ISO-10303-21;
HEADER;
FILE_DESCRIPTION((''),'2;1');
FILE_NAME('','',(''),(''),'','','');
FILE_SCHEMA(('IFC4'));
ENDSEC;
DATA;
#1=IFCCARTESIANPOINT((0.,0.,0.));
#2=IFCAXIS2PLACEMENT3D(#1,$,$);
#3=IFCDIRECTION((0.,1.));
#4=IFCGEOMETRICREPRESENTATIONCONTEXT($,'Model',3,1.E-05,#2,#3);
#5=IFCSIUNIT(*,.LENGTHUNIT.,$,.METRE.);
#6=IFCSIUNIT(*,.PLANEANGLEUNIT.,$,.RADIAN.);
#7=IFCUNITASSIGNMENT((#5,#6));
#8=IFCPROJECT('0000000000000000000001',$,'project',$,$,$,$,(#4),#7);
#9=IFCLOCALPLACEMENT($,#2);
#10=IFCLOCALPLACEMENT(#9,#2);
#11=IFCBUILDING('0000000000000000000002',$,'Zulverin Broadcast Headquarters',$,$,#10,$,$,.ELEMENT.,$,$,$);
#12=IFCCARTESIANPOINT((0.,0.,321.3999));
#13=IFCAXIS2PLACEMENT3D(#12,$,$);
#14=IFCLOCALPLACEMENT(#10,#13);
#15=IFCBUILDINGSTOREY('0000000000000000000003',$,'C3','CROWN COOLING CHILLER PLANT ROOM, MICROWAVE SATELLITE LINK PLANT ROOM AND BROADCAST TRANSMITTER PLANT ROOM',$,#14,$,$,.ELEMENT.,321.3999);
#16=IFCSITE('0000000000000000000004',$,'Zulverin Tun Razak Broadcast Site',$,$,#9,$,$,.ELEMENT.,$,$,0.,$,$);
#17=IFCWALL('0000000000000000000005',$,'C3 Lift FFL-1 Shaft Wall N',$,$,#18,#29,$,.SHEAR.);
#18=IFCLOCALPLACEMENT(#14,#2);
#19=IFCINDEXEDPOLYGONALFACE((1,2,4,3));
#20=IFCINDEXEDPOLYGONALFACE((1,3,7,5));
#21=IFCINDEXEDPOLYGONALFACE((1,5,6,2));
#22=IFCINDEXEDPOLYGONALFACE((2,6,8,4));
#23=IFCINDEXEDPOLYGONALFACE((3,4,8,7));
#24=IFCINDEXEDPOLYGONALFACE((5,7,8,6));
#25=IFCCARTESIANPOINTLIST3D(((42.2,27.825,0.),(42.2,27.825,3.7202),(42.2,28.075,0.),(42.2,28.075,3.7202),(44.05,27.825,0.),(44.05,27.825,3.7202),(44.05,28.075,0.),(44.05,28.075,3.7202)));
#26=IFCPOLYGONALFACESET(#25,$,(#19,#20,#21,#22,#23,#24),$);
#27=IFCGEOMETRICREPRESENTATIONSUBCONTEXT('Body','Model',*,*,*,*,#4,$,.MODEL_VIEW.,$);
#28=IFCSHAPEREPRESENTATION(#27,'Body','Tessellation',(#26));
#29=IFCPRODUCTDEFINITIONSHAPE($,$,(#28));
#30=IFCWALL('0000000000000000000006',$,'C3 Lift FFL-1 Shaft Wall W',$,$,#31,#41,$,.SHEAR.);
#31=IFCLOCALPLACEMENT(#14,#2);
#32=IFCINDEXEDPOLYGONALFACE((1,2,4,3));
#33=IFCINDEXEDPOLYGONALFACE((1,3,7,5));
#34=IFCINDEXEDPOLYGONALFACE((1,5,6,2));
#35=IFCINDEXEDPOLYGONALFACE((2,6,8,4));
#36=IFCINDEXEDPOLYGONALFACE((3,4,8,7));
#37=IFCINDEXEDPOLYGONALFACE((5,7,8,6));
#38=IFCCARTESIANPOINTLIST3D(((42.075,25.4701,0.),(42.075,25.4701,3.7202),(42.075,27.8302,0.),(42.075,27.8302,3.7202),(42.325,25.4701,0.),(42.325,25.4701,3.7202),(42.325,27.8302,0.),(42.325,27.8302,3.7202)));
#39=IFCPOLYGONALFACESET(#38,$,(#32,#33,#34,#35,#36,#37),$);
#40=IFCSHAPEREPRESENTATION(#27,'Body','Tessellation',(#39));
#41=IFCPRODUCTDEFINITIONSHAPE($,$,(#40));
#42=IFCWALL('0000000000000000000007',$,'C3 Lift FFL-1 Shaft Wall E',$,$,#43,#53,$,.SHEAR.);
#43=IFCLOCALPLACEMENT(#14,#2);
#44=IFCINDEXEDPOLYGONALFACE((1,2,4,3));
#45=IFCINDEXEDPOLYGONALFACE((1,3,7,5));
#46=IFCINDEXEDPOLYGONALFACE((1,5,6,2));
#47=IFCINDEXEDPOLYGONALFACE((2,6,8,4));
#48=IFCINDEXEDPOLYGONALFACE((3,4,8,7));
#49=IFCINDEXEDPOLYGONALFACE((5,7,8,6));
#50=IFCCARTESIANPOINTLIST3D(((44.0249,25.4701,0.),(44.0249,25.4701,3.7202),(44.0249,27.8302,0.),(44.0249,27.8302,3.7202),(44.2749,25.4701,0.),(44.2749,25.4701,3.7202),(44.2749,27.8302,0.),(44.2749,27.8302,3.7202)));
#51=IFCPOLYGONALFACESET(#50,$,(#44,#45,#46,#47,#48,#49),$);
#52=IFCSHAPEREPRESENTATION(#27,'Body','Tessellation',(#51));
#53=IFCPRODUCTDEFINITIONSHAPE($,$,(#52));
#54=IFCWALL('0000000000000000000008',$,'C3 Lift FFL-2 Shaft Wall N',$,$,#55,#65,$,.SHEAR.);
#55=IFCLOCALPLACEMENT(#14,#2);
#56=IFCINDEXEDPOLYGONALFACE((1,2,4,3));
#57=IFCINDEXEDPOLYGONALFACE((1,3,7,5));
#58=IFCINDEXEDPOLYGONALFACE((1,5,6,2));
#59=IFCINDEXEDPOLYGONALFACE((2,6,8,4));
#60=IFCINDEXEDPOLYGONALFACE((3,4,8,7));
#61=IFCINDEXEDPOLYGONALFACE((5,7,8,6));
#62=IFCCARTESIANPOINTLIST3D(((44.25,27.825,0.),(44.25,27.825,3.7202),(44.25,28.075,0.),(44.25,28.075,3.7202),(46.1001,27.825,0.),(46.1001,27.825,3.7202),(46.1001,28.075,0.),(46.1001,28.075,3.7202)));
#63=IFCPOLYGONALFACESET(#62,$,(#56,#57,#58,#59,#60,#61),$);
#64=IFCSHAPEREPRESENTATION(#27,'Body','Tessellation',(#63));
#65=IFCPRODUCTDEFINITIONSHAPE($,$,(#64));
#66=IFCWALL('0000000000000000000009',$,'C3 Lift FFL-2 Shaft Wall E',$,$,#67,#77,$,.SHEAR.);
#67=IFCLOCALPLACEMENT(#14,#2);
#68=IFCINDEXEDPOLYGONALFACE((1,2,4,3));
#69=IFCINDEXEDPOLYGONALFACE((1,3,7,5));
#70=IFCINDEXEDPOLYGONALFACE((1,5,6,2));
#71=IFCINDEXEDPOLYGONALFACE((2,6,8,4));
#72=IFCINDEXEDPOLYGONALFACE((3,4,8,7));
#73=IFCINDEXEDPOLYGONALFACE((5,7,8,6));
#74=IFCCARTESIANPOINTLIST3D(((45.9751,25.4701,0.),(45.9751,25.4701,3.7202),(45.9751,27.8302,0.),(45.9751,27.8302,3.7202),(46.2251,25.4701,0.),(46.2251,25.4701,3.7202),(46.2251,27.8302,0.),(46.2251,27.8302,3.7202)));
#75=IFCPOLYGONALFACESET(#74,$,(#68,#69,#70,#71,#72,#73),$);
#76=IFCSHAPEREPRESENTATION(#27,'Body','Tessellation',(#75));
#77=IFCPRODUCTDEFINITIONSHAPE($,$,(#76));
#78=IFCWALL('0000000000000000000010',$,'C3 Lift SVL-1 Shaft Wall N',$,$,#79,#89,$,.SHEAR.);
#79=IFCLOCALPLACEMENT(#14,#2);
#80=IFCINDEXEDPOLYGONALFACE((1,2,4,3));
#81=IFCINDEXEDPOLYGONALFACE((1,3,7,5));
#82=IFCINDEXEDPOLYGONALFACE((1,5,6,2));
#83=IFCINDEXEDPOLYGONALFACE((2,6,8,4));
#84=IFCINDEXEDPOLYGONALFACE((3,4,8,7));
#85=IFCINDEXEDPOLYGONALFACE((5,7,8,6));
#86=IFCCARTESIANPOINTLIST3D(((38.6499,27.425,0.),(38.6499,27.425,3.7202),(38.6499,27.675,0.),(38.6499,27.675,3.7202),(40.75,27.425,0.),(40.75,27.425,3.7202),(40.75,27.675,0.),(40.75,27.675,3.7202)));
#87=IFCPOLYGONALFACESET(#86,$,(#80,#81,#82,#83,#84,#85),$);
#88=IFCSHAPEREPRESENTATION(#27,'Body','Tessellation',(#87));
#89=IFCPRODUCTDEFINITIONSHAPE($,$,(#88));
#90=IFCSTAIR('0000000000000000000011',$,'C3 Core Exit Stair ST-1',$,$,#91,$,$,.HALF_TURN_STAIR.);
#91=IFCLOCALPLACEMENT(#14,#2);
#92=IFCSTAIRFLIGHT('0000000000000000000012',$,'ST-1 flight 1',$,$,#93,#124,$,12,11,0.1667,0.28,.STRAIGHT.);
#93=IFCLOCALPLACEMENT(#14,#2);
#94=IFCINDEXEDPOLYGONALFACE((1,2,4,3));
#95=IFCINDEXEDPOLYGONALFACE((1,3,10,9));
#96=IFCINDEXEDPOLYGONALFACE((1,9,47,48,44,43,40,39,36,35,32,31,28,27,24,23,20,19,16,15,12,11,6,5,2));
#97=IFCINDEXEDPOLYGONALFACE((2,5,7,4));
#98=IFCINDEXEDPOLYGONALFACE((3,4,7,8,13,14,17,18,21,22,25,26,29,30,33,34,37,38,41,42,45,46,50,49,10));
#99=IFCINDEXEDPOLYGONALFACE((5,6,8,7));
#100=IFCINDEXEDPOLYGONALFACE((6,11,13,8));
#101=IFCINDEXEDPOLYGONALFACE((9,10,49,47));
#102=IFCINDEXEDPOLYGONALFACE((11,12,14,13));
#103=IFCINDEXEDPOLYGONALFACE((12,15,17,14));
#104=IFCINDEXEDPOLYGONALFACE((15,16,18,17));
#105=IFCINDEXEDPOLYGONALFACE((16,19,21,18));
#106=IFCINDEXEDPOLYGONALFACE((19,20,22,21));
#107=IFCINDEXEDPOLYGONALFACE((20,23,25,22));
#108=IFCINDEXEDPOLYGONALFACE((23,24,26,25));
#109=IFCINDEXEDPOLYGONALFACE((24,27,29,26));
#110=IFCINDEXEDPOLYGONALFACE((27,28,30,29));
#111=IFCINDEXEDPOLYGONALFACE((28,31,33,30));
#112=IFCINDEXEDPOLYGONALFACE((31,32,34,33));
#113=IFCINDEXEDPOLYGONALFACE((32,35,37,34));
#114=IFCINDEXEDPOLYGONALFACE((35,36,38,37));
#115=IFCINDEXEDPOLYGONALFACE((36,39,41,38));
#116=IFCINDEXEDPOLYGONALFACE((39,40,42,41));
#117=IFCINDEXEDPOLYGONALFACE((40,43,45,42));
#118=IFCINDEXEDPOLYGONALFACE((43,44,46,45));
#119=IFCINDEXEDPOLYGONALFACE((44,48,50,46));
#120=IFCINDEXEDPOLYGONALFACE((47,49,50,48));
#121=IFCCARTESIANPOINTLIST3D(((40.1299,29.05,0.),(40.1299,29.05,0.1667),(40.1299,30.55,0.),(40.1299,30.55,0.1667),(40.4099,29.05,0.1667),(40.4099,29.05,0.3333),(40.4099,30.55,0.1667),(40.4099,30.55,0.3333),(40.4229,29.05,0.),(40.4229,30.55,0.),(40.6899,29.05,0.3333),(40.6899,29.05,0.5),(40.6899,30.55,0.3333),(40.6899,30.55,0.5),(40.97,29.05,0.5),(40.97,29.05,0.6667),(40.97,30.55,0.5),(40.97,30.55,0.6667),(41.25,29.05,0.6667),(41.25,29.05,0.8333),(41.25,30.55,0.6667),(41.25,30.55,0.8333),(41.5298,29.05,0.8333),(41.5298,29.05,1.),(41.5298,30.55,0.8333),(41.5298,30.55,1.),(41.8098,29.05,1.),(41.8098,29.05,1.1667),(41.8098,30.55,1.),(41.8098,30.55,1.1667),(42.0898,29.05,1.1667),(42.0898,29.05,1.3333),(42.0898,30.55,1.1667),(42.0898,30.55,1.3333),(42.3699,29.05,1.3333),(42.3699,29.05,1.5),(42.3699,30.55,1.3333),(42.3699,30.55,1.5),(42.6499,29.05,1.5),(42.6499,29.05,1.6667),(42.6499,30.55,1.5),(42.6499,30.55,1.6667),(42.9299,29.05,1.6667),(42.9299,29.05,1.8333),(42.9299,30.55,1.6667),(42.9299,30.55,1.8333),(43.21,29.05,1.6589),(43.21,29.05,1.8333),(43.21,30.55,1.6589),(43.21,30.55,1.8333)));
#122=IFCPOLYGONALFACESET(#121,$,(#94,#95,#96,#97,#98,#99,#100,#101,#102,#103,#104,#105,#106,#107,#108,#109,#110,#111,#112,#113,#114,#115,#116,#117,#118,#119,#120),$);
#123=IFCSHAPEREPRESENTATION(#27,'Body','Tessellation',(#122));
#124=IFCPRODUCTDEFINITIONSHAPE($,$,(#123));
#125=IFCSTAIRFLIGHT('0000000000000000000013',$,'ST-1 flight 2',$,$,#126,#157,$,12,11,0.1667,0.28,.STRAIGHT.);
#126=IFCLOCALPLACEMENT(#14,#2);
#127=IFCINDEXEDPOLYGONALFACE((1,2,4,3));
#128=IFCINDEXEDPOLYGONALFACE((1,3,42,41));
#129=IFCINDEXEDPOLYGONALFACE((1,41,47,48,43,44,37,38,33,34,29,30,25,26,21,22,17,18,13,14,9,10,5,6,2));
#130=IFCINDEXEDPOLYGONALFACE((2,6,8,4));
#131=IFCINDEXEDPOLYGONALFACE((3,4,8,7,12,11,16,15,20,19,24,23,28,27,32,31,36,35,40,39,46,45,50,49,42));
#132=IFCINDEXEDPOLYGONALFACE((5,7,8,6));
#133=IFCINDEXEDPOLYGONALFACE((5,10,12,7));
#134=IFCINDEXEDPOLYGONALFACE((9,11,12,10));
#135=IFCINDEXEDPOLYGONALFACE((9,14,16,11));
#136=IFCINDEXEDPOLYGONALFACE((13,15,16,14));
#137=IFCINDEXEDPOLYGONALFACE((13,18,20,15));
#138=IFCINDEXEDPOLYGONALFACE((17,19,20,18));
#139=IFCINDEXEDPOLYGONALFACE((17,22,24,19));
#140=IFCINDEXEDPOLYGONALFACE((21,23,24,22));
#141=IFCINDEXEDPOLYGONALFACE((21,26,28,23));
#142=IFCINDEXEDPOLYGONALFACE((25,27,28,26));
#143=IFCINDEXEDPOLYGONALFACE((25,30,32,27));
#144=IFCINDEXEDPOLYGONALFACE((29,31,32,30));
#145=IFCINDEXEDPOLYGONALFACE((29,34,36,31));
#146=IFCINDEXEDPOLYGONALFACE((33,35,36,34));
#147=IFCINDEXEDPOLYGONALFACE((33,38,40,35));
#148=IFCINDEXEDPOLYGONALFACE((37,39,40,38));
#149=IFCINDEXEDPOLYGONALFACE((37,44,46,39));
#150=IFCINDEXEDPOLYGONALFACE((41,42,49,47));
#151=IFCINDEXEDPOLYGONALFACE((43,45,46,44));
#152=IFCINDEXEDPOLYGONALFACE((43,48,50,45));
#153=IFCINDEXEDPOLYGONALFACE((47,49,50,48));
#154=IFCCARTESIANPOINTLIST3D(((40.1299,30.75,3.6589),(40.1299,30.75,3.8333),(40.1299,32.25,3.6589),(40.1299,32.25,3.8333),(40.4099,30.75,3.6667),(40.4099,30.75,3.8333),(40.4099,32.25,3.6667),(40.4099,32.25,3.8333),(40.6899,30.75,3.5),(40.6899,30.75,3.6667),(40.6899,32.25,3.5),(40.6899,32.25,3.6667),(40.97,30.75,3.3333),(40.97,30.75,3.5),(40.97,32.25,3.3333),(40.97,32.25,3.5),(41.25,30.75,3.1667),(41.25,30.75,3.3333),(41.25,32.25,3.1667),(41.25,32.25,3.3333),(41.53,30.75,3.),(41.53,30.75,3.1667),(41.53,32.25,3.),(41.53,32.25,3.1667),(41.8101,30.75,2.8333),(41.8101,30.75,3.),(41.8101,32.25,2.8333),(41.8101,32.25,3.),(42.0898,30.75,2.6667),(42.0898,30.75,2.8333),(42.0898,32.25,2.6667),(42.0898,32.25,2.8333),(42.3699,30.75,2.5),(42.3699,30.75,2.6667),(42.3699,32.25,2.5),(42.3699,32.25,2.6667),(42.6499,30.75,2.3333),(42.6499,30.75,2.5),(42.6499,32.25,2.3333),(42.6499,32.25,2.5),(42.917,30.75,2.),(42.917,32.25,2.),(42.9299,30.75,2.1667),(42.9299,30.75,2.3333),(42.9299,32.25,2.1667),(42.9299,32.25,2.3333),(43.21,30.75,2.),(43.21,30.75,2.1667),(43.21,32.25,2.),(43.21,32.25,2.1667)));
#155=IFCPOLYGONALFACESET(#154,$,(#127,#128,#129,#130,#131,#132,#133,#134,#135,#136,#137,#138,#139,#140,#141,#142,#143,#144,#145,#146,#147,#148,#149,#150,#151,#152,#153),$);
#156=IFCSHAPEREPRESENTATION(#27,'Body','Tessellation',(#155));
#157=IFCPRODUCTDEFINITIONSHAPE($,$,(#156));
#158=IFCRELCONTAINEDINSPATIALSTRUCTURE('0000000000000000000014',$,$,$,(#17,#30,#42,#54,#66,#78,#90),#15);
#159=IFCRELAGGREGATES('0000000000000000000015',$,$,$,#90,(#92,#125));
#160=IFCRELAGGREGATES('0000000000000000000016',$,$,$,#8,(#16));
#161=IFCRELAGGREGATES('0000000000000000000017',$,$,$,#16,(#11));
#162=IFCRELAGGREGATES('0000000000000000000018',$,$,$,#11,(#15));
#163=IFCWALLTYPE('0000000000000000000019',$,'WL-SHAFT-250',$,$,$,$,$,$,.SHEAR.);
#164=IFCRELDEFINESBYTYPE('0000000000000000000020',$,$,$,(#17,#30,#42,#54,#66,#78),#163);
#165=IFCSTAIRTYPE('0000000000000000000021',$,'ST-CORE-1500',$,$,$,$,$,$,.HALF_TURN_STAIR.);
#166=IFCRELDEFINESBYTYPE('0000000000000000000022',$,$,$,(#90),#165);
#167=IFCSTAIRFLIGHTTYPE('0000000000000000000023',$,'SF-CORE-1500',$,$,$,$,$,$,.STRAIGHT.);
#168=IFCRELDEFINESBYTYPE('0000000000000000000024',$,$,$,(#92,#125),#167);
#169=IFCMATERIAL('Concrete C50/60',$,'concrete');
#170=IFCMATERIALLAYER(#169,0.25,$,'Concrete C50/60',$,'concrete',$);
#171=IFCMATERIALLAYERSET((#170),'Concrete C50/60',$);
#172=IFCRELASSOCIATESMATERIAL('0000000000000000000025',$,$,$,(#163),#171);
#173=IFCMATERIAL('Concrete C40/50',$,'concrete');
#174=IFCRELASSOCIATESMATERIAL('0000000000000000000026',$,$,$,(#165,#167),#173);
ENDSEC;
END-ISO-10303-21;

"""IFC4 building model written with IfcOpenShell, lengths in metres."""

from ifc_helpers import new_model, si_unit, direction, frame, frame_2d, origin, place, context, subcontext, project, spatial, polyline, rectangle, outline, extrude, material, layer, layer_set, type_object, element, aggregate, save


model = new_model("IFC4")

# Units and contexts
model_context = context("Model", 3, precision=1e-05, world=origin(), true_north=direction((0.0, 1.0)))
body_context = subcontext(model_context, "Body", "Model", "MODEL_VIEW")
ifc_project = project(units=[si_unit("LENGTHUNIT", "METRE"), si_unit("PLANEANGLEUNIT", "RADIAN")], contexts=[model_context])

# Site, building, storey
site_placement = place(None, origin())
site = spatial("IfcSite", under=ifc_project, at=site_placement, Name="Zulverin Tun Razak Broadcast Site", CompositionType="ELEMENT", RefElevation=0.0)
building_placement = place(site_placement, origin())
building = spatial("IfcBuilding", under=site, at=building_placement, Name="Zulverin Broadcast Headquarters", CompositionType="ELEMENT")
storey_placement = place(building_placement, frame((0.0, 0.0, 321.3999)))
storey = spatial("IfcBuildingStorey", under=building, at=storey_placement, Name="C3", Description="CROWN COOLING CHILLER PLANT ROOM, MICROWAVE SATELLITE LINK PLANT ROOM AND BROADCAST TRANSMITTER PLANT ROOM", CompositionType="ELEMENT", Elevation=321.3999)

# Walls
ifc_material_1 = material(Name="Concrete C40/50", Category="concrete")
ifc_material_2 = material(Name="Concrete C50/60", Category="concrete")
ifc_layer_1 = layer(ifc_material_2, 0.25, Name="Concrete C50/60", Category="concrete")
ifc_layer_set_1 = layer_set([ifc_layer_1], Name="Concrete C50/60")
wall_type_1 = type_object("IfcWallType", Name="WL-SHAFT-250", PredefinedType="SHEAR", material=ifc_layer_set_1)
wall_1_placement = place(storey_placement, frame((42.2, 27.95, 0.0), z_axis=(0.0, 0.0, 1.0), x_axis=(1.0, 0.0, 0.0)))
element("IfcWall", 1, at=wall_1_placement, inside=storey, type_object=wall_type_1, Name="C3 Lift FFL-1 Shaft Wall N", PredefinedType="SHEAR", context=body_context, shape_type="SweptSolid", body=[
    extrude(rectangle(XDim=1.8501, YDim=0.25, at=frame_2d((0.925, 0.0))), origin(), (0.0, 0.0, 1.0), 3.7202),
])
for number, where, z_axis, x_axis, name in (
    (2, (42.2, 25.47, 0.0), (0.0, 0.0, 1.0), (0.0, 1.0, 0.0), "C3 Lift FFL-1 Shaft Wall W"),
    (3, (44.1499, 25.47, 0.0), (0.0, 0.0, 1.0), (0.0, 1.0, 0.0), "C3 Lift FFL-1 Shaft Wall E"),
):
    element("IfcWall", number, at=place(storey_placement, frame(where, z_axis=z_axis, x_axis=x_axis)), inside=storey, type_object=wall_type_1, Name=name, PredefinedType="SHEAR", context=body_context, shape_type="SweptSolid", body=[
        extrude(rectangle(XDim=2.3601, YDim=0.25, at=frame_2d((1.1802, 0.0))), origin(), (0.0, 0.0, 1.0), 3.7202),
    ])
wall_2_placement = place(storey_placement, frame((44.25, 27.95, 0.0), z_axis=(0.0, 0.0, 1.0), x_axis=(1.0, 0.0, 0.0)))
element("IfcWall", 4, at=wall_2_placement, inside=storey, type_object=wall_type_1, Name="C3 Lift FFL-2 Shaft Wall N", PredefinedType="SHEAR", context=body_context, shape_type="SweptSolid", body=[
    extrude(rectangle(XDim=1.8501, YDim=0.25, at=frame_2d((0.925, 0.0))), origin(), (0.0, 0.0, 1.0), 3.7202),
])
wall_3_placement = place(storey_placement, frame((46.1001, 25.47, 0.0), z_axis=(0.0, 0.0, 1.0), x_axis=(0.0, 1.0, 0.0)))
element("IfcWall", 5, at=wall_3_placement, inside=storey, type_object=wall_type_1, Name="C3 Lift FFL-2 Shaft Wall E", PredefinedType="SHEAR", context=body_context, shape_type="SweptSolid", body=[
    extrude(rectangle(XDim=2.3601, YDim=0.25, at=frame_2d((1.1802, 0.0))), origin(), (0.0, 0.0, 1.0), 3.7202),
])
wall_4_placement = place(storey_placement, frame((38.6499, 27.55, 0.0), z_axis=(0.0, 0.0, 1.0), x_axis=(1.0, 0.0, 0.0)))
element("IfcWall", 6, at=wall_4_placement, inside=storey, type_object=wall_type_1, Name="C3 Lift SVL-1 Shaft Wall N", PredefinedType="SHEAR", context=body_context, shape_type="SweptSolid", body=[
    extrude(rectangle(XDim=2.1001, YDim=0.25, at=frame_2d((1.05, 0.0))), origin(), (0.0, 0.0, 1.0), 3.7202),
])

# Stair, stair flights
stair_type = type_object("IfcStairType", Name="ST-CORE-1500", PredefinedType="HALF_TURN_STAIR", material=ifc_material_1)
stair_placement = place(storey_placement, origin())
stair = element("IfcStair", 7, at=stair_placement, inside=storey, type_object=stair_type, Name="C3 Core Exit Stair ST-1", PredefinedType="HALF_TURN_STAIR")
stair_flight_type = type_object("IfcStairFlightType", Name="SF-CORE-1500", PredefinedType="STRAIGHT", material=ifc_material_1)
stair_flight_1_placement = place(storey_placement, frame((40.1299, 29.8, 0.0), z_axis=(0.0, 0.0, 1.0), x_axis=(1.0, 0.0, 0.0)))
stair_flight_1 = element("IfcStairFlight", 8, at=stair_flight_1_placement, type_object=stair_flight_type, Name="ST-1 flight 1", NumberOfRisers=12, NumberOfTreads=11, PredefinedType="STRAIGHT", RiserHeight=0.1667, TreadLength=0.28, context=body_context, shape_type="SweptSolid", body=[
    extrude(outline(polyline([(0.0, 0.0), (0.0, 0.1667), (0.28, 0.1667), (0.28, 0.3333), (0.5601, 0.3333), (0.5601, 0.5), (0.8401, 0.5), (0.8401, 0.6667), (1.1201, 0.6667), (1.1201, 0.8333), (1.3999, 0.8333), (1.3999, 1.0), (1.6799, 1.0), (1.6799, 1.1667), (1.96, 1.1667), (1.96, 1.3333), (2.24, 1.3333), (2.24, 1.5), (2.52, 1.5), (2.52, 1.6667), (2.8, 1.6667), (2.8, 1.8333), (3.0801, 1.8333), (3.0801, 2.0), (3.0801, 1.6589), (0.293, 0.0), (0.0, 0.0)])), frame((0.0, 0.75, 0.0), z_axis=(0.0, -1.0, 0.0), x_axis=(1.0, 0.0, 0.0)), (0.0, 0.0, 1.0), 1.5),
])
stair_flight_2_placement = place(storey_placement, frame((43.21, 31.5, 2.0), z_axis=(0.0, 0.0, 1.0), x_axis=(-1.0, 0.0, 0.0)))
stair_flight_2 = element("IfcStairFlight", 9, at=stair_flight_2_placement, type_object=stair_flight_type, Name="ST-1 flight 2", NumberOfRisers=12, NumberOfTreads=11, PredefinedType="STRAIGHT", RiserHeight=0.1667, TreadLength=0.28, context=body_context, shape_type="SweptSolid", body=[
    extrude(outline(polyline([(0.0, 0.0), (0.0, 0.1667), (0.28, 0.1667), (0.28, 0.3333), (0.5601, 0.3333), (0.5601, 0.5), (0.8401, 0.5), (0.8401, 0.6667), (1.1201, 0.6667), (1.1201, 0.8333), (1.3999, 0.8333), (1.3999, 1.0), (1.6799, 1.0), (1.6799, 1.1667), (1.96, 1.1667), (1.96, 1.3333), (2.24, 1.3333), (2.24, 1.5), (2.52, 1.5), (2.52, 1.6667), (2.8, 1.6667), (2.8, 1.8333), (3.0801, 1.8333), (3.0801, 2.0), (3.0801, 1.6589), (0.293, 0.0), (0.0, 0.0)])), frame((0.0, 0.75, 0.0), z_axis=(0.0, -1.0, 0.0), x_axis=(1.0, 0.0, 0.0)), (0.0, 0.0, 1.0), 1.5),
])
aggregate(stair, [stair_flight_1, stair_flight_2])

save(model, "model.ifc")
